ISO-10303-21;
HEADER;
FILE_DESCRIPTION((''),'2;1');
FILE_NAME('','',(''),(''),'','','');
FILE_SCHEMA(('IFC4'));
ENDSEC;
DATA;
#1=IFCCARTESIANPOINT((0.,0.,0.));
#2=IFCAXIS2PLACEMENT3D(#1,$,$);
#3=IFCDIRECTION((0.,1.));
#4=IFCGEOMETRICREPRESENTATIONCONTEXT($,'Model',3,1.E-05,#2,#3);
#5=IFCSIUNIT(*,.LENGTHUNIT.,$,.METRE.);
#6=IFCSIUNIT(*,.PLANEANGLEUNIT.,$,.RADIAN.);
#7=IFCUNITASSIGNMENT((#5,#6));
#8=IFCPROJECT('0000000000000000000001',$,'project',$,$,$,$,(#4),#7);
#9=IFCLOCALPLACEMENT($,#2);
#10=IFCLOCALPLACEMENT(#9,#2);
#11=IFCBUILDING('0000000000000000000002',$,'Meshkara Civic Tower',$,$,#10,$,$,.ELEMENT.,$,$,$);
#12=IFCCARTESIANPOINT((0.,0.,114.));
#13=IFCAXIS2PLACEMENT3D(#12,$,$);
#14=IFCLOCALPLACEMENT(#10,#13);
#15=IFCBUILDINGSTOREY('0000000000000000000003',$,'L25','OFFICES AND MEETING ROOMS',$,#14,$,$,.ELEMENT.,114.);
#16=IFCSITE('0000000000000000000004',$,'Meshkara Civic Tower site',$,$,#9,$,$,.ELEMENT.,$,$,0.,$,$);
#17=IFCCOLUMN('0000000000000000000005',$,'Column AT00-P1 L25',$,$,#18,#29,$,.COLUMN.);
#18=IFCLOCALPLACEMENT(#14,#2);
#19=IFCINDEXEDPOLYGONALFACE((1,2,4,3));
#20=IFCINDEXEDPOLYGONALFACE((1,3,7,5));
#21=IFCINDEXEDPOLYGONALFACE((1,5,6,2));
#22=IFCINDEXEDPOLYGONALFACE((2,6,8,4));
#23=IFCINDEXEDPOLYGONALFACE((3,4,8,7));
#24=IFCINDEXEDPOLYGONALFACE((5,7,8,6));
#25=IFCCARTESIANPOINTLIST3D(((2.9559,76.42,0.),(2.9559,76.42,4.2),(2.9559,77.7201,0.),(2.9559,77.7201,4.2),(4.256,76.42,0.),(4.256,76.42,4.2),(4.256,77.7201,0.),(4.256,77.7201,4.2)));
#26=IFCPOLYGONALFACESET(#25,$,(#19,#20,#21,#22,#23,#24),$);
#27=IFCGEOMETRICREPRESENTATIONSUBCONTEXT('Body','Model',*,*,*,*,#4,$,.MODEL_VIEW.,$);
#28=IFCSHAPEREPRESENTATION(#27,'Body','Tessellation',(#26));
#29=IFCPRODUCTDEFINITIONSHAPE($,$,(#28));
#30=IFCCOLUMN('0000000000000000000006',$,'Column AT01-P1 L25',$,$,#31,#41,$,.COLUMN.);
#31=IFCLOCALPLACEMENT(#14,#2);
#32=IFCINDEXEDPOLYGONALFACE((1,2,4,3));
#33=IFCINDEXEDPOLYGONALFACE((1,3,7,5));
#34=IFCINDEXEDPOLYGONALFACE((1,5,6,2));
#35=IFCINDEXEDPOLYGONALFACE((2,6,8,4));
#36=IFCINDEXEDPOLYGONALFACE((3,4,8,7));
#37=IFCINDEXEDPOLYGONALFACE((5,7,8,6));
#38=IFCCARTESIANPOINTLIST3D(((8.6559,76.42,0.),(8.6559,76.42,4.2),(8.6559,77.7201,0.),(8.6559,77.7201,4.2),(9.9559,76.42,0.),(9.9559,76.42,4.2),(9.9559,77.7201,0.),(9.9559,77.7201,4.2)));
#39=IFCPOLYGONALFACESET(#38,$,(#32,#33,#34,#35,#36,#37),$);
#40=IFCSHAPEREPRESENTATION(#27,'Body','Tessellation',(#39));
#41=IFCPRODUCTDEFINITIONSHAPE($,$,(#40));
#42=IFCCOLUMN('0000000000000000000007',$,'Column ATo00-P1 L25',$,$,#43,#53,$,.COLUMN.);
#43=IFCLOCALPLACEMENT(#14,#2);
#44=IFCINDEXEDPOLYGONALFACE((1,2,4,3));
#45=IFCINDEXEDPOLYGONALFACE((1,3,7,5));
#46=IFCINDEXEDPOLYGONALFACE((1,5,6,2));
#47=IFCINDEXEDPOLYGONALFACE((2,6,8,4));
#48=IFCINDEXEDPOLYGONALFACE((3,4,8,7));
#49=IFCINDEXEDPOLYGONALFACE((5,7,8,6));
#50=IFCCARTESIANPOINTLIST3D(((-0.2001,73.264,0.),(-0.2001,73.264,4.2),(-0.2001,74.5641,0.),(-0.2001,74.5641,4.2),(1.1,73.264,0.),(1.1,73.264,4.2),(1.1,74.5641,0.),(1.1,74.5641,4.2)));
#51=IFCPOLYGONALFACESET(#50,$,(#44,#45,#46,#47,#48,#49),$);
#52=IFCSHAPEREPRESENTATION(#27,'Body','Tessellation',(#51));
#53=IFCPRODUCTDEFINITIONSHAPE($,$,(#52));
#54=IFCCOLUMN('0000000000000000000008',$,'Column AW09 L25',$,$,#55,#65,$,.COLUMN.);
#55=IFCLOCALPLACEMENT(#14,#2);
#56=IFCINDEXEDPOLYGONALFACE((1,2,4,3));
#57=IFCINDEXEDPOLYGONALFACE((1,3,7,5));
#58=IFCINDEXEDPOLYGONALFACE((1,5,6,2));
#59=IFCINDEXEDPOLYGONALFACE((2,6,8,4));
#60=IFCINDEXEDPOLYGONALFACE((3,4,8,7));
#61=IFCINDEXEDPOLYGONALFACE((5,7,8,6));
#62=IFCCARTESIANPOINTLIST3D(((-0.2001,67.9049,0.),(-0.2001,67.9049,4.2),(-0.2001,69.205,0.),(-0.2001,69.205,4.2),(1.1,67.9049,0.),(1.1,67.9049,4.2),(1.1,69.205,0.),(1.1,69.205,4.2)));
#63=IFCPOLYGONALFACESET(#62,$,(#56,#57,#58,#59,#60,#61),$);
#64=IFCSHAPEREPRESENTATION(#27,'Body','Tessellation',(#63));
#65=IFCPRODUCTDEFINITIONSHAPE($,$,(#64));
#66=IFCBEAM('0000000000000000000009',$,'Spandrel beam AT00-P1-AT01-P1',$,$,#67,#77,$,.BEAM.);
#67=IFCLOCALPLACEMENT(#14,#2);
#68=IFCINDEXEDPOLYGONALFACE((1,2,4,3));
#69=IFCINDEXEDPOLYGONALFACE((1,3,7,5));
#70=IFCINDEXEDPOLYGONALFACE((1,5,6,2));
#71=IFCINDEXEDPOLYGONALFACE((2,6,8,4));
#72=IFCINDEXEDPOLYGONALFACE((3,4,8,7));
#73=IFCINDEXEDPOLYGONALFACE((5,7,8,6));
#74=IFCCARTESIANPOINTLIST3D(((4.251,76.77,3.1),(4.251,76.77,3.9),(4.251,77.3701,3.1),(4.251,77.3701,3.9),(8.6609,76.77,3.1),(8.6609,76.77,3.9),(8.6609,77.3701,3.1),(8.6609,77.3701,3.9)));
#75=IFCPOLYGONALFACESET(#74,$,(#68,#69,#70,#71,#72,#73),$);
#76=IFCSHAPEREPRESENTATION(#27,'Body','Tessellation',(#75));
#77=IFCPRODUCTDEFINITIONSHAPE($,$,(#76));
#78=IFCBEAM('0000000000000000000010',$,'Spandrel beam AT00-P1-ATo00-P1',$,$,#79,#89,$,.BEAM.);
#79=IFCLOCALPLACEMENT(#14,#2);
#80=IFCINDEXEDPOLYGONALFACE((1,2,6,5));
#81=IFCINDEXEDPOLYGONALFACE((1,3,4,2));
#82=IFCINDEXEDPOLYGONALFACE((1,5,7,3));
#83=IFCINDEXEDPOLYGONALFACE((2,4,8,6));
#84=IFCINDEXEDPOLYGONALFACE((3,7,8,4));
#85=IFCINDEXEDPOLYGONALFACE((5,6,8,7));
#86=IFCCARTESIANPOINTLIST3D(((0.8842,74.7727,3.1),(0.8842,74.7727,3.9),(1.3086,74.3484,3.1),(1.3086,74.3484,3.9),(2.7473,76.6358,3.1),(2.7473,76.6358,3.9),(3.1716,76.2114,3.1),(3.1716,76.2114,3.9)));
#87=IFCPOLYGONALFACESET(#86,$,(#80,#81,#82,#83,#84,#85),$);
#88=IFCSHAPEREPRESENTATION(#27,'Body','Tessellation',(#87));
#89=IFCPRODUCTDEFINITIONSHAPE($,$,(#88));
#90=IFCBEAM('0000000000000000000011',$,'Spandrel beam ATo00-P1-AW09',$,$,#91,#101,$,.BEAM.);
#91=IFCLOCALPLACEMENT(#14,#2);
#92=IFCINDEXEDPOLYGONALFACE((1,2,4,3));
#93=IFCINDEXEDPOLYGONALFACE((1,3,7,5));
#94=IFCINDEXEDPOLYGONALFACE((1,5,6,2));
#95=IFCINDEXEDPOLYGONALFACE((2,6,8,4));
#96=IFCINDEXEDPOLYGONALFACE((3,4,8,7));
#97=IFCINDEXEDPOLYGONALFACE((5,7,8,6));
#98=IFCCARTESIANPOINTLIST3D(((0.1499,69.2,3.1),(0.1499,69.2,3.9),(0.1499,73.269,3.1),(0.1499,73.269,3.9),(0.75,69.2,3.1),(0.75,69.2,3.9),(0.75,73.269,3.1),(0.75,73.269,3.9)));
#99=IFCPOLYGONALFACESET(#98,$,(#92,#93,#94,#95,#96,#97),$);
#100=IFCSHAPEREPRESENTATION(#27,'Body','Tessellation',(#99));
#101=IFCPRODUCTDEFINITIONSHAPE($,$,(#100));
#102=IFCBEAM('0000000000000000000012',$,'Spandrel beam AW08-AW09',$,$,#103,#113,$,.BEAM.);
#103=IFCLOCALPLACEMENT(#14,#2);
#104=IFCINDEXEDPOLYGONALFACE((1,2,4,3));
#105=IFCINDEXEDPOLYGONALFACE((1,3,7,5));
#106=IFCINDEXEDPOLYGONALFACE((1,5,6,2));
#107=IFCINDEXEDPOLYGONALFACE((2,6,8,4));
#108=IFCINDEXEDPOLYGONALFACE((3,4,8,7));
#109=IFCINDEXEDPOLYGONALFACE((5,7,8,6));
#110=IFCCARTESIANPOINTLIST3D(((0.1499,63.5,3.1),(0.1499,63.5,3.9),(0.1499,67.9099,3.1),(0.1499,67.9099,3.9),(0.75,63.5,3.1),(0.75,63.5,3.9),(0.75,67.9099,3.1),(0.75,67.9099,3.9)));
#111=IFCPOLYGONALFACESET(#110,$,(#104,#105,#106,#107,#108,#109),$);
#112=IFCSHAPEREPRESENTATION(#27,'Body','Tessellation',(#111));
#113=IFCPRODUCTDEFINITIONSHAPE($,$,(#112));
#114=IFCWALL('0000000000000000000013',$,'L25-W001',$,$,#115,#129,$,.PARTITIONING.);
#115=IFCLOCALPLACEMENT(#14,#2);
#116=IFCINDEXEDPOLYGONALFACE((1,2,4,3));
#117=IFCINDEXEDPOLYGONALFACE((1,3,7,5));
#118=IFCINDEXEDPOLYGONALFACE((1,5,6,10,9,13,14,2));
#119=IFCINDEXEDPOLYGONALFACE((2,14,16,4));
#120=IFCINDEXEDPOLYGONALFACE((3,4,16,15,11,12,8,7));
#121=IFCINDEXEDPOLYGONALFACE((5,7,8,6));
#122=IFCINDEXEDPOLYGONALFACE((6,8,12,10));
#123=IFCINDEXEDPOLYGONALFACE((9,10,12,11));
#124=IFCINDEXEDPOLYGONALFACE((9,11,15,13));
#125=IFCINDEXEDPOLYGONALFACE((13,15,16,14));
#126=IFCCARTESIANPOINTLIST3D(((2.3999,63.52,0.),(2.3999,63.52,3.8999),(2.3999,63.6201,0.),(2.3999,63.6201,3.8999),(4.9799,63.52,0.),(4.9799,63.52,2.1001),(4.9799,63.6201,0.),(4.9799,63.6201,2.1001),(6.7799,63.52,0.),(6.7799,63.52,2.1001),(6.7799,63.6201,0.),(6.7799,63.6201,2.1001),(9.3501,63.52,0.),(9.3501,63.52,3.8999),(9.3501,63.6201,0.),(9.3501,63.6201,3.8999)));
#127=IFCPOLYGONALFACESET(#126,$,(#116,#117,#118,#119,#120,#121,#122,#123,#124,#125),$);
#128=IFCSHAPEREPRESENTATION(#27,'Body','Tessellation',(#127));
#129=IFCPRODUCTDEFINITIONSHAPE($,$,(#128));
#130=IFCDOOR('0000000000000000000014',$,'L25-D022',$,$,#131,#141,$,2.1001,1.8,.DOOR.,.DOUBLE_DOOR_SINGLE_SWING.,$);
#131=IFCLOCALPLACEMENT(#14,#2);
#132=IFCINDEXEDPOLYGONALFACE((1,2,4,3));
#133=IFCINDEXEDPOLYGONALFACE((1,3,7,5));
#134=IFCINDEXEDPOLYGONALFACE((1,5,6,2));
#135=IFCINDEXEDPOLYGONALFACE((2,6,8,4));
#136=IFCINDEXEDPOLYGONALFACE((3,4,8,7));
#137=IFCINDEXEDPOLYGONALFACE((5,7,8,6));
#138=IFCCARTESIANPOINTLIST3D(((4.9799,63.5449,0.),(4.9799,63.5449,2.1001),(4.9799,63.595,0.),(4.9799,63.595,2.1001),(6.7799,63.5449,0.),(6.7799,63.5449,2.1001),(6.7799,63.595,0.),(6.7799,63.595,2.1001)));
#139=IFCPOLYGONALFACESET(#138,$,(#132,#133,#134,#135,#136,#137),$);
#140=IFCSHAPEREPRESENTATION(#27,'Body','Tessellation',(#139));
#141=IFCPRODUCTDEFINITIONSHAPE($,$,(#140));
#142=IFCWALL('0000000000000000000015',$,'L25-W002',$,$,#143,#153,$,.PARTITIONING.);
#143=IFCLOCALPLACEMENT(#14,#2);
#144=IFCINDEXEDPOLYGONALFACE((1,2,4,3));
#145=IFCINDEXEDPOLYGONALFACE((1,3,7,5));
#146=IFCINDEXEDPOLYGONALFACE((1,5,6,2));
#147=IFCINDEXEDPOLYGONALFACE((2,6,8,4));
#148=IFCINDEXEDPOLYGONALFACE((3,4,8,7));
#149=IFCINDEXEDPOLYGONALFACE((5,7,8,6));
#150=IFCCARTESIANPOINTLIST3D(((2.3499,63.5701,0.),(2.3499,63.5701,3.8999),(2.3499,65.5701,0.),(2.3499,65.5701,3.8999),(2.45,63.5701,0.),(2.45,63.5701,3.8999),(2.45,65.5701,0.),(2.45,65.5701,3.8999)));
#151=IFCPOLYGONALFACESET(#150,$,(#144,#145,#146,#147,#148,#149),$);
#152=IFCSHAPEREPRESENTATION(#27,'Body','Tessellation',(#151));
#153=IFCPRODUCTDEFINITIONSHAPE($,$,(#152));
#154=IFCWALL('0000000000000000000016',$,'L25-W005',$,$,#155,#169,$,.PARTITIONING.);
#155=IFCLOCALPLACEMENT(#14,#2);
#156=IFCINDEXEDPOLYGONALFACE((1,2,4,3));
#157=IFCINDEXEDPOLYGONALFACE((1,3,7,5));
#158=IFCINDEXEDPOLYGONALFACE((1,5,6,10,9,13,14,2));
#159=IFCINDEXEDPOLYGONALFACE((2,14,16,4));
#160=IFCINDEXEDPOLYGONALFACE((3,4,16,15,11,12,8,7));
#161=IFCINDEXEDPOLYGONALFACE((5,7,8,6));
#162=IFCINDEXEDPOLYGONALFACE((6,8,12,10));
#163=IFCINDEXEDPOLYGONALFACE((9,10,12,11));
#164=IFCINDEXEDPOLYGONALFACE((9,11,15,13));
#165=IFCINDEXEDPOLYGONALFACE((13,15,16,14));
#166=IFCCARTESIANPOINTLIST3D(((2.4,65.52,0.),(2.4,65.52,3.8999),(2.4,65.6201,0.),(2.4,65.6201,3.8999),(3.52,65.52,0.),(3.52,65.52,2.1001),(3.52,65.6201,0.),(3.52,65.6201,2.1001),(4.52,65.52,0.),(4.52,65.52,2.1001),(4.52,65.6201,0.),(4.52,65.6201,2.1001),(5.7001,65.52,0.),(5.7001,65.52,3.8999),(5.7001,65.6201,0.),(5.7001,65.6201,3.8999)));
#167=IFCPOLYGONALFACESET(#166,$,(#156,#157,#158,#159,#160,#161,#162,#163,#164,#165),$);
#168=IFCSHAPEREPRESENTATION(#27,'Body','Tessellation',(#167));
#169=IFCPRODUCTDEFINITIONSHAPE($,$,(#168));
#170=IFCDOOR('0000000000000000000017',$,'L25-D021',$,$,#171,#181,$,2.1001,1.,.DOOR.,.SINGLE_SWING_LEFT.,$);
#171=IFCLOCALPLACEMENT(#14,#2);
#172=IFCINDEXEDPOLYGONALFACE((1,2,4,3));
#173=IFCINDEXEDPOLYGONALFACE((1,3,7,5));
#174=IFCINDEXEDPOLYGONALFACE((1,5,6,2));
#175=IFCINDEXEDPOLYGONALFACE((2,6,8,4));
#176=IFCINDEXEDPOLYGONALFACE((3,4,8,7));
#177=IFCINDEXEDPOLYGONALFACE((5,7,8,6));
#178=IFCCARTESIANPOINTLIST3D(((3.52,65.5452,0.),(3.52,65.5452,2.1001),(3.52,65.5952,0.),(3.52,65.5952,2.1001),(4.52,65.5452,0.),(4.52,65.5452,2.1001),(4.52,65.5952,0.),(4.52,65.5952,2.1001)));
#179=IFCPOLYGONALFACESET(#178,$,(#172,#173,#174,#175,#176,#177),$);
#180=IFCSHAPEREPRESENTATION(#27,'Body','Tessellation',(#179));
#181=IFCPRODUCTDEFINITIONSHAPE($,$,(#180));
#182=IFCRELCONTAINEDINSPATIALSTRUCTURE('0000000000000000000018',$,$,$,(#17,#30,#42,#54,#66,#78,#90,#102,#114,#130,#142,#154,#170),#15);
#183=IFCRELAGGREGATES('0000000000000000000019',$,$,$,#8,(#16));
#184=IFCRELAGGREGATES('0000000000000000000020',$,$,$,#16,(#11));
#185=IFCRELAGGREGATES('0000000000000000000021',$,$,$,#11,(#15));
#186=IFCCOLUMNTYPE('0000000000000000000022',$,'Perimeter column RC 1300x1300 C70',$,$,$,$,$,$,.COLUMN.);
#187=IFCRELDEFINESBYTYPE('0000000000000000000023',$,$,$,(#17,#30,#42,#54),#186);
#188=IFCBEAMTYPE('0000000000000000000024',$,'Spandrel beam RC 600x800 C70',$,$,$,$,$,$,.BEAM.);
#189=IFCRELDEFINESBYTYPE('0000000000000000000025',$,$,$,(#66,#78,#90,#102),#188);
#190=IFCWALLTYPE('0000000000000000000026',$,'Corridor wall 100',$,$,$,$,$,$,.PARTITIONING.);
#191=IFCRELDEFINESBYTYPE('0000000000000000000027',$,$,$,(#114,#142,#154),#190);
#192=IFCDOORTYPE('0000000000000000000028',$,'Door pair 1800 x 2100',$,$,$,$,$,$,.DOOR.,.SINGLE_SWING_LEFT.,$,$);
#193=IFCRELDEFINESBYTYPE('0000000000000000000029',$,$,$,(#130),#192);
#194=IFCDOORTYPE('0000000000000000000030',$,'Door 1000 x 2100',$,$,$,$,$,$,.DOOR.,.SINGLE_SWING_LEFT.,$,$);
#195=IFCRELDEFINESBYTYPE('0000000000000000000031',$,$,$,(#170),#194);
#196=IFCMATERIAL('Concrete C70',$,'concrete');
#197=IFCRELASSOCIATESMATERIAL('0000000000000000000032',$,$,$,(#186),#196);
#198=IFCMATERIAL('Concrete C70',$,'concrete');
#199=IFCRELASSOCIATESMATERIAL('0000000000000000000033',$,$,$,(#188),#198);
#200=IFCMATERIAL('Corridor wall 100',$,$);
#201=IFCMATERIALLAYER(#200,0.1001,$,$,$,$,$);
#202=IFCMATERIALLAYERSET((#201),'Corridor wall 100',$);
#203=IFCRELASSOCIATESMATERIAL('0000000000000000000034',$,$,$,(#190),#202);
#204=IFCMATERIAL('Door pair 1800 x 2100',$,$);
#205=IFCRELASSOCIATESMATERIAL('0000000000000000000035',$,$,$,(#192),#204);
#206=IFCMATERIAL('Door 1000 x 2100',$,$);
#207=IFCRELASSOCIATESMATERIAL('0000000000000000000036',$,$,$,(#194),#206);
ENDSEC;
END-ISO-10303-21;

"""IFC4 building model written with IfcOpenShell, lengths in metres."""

from ifc_helpers import new_model, si_unit, direction, frame, frame_2d, origin, origin_2d, place, context, subcontext, project, spatial, rectangle, extrude, material, layer, layer_set, material_profile, profile_set, type_object, element, fill, save


model = new_model("IFC4")

# Units and contexts
model_context = context("Model", 3, precision=1e-05, world=origin(), true_north=direction((0.0, 1.0)))
body_context = subcontext(model_context, "Body", "Model", "MODEL_VIEW")
ifc_project = project(units=[si_unit("LENGTHUNIT", "METRE"), si_unit("PLANEANGLEUNIT", "RADIAN")], contexts=[model_context])

# Site, building, storey
site_placement = place(None, origin())
site = spatial("IfcSite", under=ifc_project, at=site_placement, Name="Meshkara Civic Tower site", CompositionType="ELEMENT", RefElevation=0.0)
building_placement = place(site_placement, origin())
building = spatial("IfcBuilding", under=site, at=building_placement, Name="Meshkara Civic Tower", CompositionType="ELEMENT")
storey_placement = place(building_placement, frame((0.0, 0.0, 114.0)))
storey = spatial("IfcBuildingStorey", under=building, at=storey_placement, Name="L25", Description="OFFICES AND MEETING ROOMS", CompositionType="ELEMENT", Elevation=114.0)

# Columns
ifc_material_1 = material(Name="Concrete C70", Category="concrete")
ifc_material_profile_1 = material_profile(ifc_material_1, rectangle(XDim=1.3, YDim=1.3, at=origin_2d()))
ifc_profile_set_1 = profile_set([ifc_material_profile_1], Name="Concrete C70")
column_type = type_object("IfcColumnType", Name="Perimeter column RC 1300x1300 C70", PredefinedType="COLUMN", material=ifc_profile_set_1)
for number, where, z_axis, x_axis, name in (
    (1, (3.606, 77.0701, 0.0), (0.0, 0.0, 1.0), (1.0, 0.0, 0.0), "Column AT00-P1 L25"),
    (2, (9.3059, 77.0701, 0.0), (0.0, 0.0, 1.0), (1.0, 0.0, 0.0), "Column AT01-P1 L25"),
    (3, (0.45, 73.9141, 0.0), (0.0, 0.0, 1.0), (1.0, 0.0, 0.0), "Column ATo00-P1 L25"),
    (4, (0.45, 68.5549, 0.0), (0.0, 0.0, 1.0), (1.0, 0.0, 0.0), "Column AW09 L25"),
):
    element("IfcColumn", number, at=place(storey_placement, frame(where, z_axis=z_axis, x_axis=x_axis)), inside=storey, type_object=column_type, Name=name, PredefinedType="COLUMN", context=body_context, shape_type="SweptSolid", body=[
        extrude(rectangle(XDim=1.3, YDim=1.3, at=origin_2d()), origin(), (0.0, 0.0, 1.0), 4.2),
    ])

# Beams
ifc_material_2 = material(Name="Concrete C70", Category="concrete")
ifc_material_profile_2 = material_profile(ifc_material_2, rectangle(XDim=0.6001, YDim=0.8, at=origin_2d()))
ifc_profile_set_2 = profile_set([ifc_material_profile_2], Name="Concrete C70")
beam_type = type_object("IfcBeamType", Name="Spandrel beam RC 600x800 C70", PredefinedType="BEAM", material=ifc_profile_set_2)
beam_1_placement = place(storey_placement, frame((8.6609, 77.0701, 3.5), z_axis=(-1.0, 0.0, 0.0), x_axis=(0.0, -1.0, 0.0)))
element("IfcBeam", 5, at=beam_1_placement, inside=storey, type_object=beam_type, Name="Spandrel beam AT00-P1-AT01-P1", PredefinedType="BEAM", context=body_context, shape_type="SweptSolid", body=[
    extrude(rectangle(XDim=0.6001, YDim=0.8, at=origin_2d()), origin(), (0.0, 0.0, 1.0), 4.4099),
])
beam_2_placement = place(storey_placement, frame((2.9595, 76.4236, 3.5), z_axis=(-0.707107, -0.707107, 0.0), x_axis=(0.707107, -0.707107, 0.0)))
element("IfcBeam", 6, at=beam_2_placement, inside=storey, type_object=beam_type, Name="Spandrel beam AT00-P1-ATo00-P1", PredefinedType="BEAM", context=body_context, shape_type="SweptSolid", body=[
    extrude(rectangle(XDim=0.6001, YDim=0.8, at=origin_2d()), origin(), (0.0, 0.0, 1.0), 2.6348),
])
beam_3_placement = place(storey_placement, frame((0.45, 73.269, 3.5), z_axis=(0.0, -1.0, 0.0), x_axis=(1.0, 0.0, 0.0)))
element("IfcBeam", 7, at=beam_3_placement, inside=storey, type_object=beam_type, Name="Spandrel beam ATo00-P1-AW09", PredefinedType="BEAM", context=body_context, shape_type="SweptSolid", body=[
    extrude(rectangle(XDim=0.6001, YDim=0.8, at=origin_2d()), origin(), (0.0, 0.0, 1.0), 4.0691),
])
beam_4_placement = place(storey_placement, frame((0.45, 67.9099, 3.5), z_axis=(0.0, -1.0, 0.0), x_axis=(1.0, 0.0, 0.0)))
element("IfcBeam", 8, at=beam_4_placement, inside=storey, type_object=beam_type, Name="Spandrel beam AW08-AW09", PredefinedType="BEAM", context=body_context, shape_type="SweptSolid", body=[
    extrude(rectangle(XDim=0.6001, YDim=0.8, at=origin_2d()), origin(), (0.0, 0.0, 1.0), 4.4099),
])

# Wall, opening, door
ifc_material_3 = material(Name="Corridor wall 100")
ifc_layer_1 = layer(ifc_material_3, 0.1001)
ifc_layer_set_1 = layer_set([ifc_layer_1], Name="Corridor wall 100")
wall_type_1 = type_object("IfcWallType", Name="Corridor wall 100", PredefinedType="PARTITIONING", material=ifc_layer_set_1)
wall_1_placement = place(storey_placement, frame((2.3999, 63.5701, 0.0), z_axis=(0.0, 0.0, 1.0), x_axis=(1.0, 0.0, 0.0)))
wall_1 = element("IfcWall", 9, at=wall_1_placement, inside=storey, type_object=wall_type_1, Name="L25-W001", PredefinedType="PARTITIONING", context=body_context, shape_type="SweptSolid", body=[
    extrude(rectangle(XDim=6.9502, YDim=0.1001, at=frame_2d((3.4751, 0.0))), origin(), (0.0, 0.0, 1.0), 3.8999),
])
opening_1_placement = place(wall_1_placement, frame((2.5801, 0.0, 0.0)))
opening_1 = element("IfcOpeningElement", 10, at=opening_1_placement, cuts=wall_1, PredefinedType="OPENING", context=body_context, shape_type="SweptSolid", body=[
    extrude(rectangle(XDim=1.8, YDim=2.1001, at=frame_2d((0.8999, 1.05))), frame((0.0, 0.0601, 0.0), z_axis=(0.0, -1.0, 0.0), x_axis=(1.0, 0.0, 0.0)), (0.0, 0.0, 1.0), 0.1201),
])
ifc_material_4 = material(Name="Door pair 1800 x 2100")
door_type_1 = type_object("IfcDoorType", Name="Door pair 1800 x 2100", OperationType="SINGLE_SWING_LEFT", PredefinedType="DOOR", material=ifc_material_4)
door_1_placement = place(opening_1_placement, origin())
door_1 = element("IfcDoor", 11, at=door_1_placement, inside=storey, type_object=door_type_1, Name="L25-D022", OperationType="DOUBLE_DOOR_SINGLE_SWING", OverallHeight=2.1001, OverallWidth=1.8, PredefinedType="DOOR", context=body_context, shape_type="SweptSolid", body=[
    extrude(rectangle(XDim=1.8, YDim=2.1001, at=frame_2d((0.8999, 1.05))), frame((0.0, 0.0249, 0.0), z_axis=(0.0, -1.0, 0.0), x_axis=(1.0, 0.0, 0.0)), (0.0, 0.0, 1.0), 0.05),
])
fill(opening_1, door_1)

# Wall
wall_2_placement = place(storey_placement, frame((2.3999, 65.5701, 0.0), z_axis=(0.0, 0.0, 1.0), x_axis=(0.0, -1.0, 0.0)))
element("IfcWall", 12, at=wall_2_placement, inside=storey, type_object=wall_type_1, Name="L25-W002", PredefinedType="PARTITIONING", context=body_context, shape_type="SweptSolid", body=[
    extrude(rectangle(XDim=2.0, YDim=0.1001, at=frame_2d((1.0, 0.0))), origin(), (0.0, 0.0, 1.0), 3.8999),
])

# Wall, opening, door
wall_3_placement = place(storey_placement, frame((5.7, 65.5701, 0.0), z_axis=(0.0, 0.0, 1.0), x_axis=(-1.0, 0.0, 0.0)))
wall_3 = element("IfcWall", 13, at=wall_3_placement, inside=storey, type_object=wall_type_1, Name="L25-W005", PredefinedType="PARTITIONING", context=body_context, shape_type="SweptSolid", body=[
    extrude(rectangle(XDim=3.3, YDim=0.1001, at=frame_2d((1.6499, 0.0))), origin(), (0.0, 0.0, 1.0), 3.8999),
])
opening_2_placement = place(wall_3_placement, frame((1.1799, 0.0, 0.0)))
opening_2 = element("IfcOpeningElement", 14, at=opening_2_placement, cuts=wall_3, PredefinedType="OPENING", context=body_context, shape_type="SweptSolid", body=[
    extrude(rectangle(XDim=1.0, YDim=2.1001, at=frame_2d((0.5, 1.05))), frame((0.0, 0.0601, 0.0), z_axis=(0.0, -1.0, 0.0), x_axis=(1.0, 0.0, 0.0)), (0.0, 0.0, 1.0), 0.1201),
])
ifc_material_5 = material(Name="Door 1000 x 2100")
door_type_2 = type_object("IfcDoorType", Name="Door 1000 x 2100", OperationType="SINGLE_SWING_LEFT", PredefinedType="DOOR", material=ifc_material_5)
door_2_placement = place(opening_2_placement, origin())
door_2 = element("IfcDoor", 15, at=door_2_placement, inside=storey, type_object=door_type_2, Name="L25-D021", OperationType="SINGLE_SWING_LEFT", OverallHeight=2.1001, OverallWidth=1.0, PredefinedType="DOOR", context=body_context, shape_type="SweptSolid", body=[
    extrude(rectangle(XDim=1.0, YDim=2.1001, at=frame_2d((0.5, 1.05))), frame((0.0, 0.0249, 0.0), z_axis=(0.0, -1.0, 0.0), x_axis=(1.0, 0.0, 0.0)), (0.0, 0.0, 1.0), 0.05),
])
fill(opening_2, door_2)

save(model, "model.ifc")
